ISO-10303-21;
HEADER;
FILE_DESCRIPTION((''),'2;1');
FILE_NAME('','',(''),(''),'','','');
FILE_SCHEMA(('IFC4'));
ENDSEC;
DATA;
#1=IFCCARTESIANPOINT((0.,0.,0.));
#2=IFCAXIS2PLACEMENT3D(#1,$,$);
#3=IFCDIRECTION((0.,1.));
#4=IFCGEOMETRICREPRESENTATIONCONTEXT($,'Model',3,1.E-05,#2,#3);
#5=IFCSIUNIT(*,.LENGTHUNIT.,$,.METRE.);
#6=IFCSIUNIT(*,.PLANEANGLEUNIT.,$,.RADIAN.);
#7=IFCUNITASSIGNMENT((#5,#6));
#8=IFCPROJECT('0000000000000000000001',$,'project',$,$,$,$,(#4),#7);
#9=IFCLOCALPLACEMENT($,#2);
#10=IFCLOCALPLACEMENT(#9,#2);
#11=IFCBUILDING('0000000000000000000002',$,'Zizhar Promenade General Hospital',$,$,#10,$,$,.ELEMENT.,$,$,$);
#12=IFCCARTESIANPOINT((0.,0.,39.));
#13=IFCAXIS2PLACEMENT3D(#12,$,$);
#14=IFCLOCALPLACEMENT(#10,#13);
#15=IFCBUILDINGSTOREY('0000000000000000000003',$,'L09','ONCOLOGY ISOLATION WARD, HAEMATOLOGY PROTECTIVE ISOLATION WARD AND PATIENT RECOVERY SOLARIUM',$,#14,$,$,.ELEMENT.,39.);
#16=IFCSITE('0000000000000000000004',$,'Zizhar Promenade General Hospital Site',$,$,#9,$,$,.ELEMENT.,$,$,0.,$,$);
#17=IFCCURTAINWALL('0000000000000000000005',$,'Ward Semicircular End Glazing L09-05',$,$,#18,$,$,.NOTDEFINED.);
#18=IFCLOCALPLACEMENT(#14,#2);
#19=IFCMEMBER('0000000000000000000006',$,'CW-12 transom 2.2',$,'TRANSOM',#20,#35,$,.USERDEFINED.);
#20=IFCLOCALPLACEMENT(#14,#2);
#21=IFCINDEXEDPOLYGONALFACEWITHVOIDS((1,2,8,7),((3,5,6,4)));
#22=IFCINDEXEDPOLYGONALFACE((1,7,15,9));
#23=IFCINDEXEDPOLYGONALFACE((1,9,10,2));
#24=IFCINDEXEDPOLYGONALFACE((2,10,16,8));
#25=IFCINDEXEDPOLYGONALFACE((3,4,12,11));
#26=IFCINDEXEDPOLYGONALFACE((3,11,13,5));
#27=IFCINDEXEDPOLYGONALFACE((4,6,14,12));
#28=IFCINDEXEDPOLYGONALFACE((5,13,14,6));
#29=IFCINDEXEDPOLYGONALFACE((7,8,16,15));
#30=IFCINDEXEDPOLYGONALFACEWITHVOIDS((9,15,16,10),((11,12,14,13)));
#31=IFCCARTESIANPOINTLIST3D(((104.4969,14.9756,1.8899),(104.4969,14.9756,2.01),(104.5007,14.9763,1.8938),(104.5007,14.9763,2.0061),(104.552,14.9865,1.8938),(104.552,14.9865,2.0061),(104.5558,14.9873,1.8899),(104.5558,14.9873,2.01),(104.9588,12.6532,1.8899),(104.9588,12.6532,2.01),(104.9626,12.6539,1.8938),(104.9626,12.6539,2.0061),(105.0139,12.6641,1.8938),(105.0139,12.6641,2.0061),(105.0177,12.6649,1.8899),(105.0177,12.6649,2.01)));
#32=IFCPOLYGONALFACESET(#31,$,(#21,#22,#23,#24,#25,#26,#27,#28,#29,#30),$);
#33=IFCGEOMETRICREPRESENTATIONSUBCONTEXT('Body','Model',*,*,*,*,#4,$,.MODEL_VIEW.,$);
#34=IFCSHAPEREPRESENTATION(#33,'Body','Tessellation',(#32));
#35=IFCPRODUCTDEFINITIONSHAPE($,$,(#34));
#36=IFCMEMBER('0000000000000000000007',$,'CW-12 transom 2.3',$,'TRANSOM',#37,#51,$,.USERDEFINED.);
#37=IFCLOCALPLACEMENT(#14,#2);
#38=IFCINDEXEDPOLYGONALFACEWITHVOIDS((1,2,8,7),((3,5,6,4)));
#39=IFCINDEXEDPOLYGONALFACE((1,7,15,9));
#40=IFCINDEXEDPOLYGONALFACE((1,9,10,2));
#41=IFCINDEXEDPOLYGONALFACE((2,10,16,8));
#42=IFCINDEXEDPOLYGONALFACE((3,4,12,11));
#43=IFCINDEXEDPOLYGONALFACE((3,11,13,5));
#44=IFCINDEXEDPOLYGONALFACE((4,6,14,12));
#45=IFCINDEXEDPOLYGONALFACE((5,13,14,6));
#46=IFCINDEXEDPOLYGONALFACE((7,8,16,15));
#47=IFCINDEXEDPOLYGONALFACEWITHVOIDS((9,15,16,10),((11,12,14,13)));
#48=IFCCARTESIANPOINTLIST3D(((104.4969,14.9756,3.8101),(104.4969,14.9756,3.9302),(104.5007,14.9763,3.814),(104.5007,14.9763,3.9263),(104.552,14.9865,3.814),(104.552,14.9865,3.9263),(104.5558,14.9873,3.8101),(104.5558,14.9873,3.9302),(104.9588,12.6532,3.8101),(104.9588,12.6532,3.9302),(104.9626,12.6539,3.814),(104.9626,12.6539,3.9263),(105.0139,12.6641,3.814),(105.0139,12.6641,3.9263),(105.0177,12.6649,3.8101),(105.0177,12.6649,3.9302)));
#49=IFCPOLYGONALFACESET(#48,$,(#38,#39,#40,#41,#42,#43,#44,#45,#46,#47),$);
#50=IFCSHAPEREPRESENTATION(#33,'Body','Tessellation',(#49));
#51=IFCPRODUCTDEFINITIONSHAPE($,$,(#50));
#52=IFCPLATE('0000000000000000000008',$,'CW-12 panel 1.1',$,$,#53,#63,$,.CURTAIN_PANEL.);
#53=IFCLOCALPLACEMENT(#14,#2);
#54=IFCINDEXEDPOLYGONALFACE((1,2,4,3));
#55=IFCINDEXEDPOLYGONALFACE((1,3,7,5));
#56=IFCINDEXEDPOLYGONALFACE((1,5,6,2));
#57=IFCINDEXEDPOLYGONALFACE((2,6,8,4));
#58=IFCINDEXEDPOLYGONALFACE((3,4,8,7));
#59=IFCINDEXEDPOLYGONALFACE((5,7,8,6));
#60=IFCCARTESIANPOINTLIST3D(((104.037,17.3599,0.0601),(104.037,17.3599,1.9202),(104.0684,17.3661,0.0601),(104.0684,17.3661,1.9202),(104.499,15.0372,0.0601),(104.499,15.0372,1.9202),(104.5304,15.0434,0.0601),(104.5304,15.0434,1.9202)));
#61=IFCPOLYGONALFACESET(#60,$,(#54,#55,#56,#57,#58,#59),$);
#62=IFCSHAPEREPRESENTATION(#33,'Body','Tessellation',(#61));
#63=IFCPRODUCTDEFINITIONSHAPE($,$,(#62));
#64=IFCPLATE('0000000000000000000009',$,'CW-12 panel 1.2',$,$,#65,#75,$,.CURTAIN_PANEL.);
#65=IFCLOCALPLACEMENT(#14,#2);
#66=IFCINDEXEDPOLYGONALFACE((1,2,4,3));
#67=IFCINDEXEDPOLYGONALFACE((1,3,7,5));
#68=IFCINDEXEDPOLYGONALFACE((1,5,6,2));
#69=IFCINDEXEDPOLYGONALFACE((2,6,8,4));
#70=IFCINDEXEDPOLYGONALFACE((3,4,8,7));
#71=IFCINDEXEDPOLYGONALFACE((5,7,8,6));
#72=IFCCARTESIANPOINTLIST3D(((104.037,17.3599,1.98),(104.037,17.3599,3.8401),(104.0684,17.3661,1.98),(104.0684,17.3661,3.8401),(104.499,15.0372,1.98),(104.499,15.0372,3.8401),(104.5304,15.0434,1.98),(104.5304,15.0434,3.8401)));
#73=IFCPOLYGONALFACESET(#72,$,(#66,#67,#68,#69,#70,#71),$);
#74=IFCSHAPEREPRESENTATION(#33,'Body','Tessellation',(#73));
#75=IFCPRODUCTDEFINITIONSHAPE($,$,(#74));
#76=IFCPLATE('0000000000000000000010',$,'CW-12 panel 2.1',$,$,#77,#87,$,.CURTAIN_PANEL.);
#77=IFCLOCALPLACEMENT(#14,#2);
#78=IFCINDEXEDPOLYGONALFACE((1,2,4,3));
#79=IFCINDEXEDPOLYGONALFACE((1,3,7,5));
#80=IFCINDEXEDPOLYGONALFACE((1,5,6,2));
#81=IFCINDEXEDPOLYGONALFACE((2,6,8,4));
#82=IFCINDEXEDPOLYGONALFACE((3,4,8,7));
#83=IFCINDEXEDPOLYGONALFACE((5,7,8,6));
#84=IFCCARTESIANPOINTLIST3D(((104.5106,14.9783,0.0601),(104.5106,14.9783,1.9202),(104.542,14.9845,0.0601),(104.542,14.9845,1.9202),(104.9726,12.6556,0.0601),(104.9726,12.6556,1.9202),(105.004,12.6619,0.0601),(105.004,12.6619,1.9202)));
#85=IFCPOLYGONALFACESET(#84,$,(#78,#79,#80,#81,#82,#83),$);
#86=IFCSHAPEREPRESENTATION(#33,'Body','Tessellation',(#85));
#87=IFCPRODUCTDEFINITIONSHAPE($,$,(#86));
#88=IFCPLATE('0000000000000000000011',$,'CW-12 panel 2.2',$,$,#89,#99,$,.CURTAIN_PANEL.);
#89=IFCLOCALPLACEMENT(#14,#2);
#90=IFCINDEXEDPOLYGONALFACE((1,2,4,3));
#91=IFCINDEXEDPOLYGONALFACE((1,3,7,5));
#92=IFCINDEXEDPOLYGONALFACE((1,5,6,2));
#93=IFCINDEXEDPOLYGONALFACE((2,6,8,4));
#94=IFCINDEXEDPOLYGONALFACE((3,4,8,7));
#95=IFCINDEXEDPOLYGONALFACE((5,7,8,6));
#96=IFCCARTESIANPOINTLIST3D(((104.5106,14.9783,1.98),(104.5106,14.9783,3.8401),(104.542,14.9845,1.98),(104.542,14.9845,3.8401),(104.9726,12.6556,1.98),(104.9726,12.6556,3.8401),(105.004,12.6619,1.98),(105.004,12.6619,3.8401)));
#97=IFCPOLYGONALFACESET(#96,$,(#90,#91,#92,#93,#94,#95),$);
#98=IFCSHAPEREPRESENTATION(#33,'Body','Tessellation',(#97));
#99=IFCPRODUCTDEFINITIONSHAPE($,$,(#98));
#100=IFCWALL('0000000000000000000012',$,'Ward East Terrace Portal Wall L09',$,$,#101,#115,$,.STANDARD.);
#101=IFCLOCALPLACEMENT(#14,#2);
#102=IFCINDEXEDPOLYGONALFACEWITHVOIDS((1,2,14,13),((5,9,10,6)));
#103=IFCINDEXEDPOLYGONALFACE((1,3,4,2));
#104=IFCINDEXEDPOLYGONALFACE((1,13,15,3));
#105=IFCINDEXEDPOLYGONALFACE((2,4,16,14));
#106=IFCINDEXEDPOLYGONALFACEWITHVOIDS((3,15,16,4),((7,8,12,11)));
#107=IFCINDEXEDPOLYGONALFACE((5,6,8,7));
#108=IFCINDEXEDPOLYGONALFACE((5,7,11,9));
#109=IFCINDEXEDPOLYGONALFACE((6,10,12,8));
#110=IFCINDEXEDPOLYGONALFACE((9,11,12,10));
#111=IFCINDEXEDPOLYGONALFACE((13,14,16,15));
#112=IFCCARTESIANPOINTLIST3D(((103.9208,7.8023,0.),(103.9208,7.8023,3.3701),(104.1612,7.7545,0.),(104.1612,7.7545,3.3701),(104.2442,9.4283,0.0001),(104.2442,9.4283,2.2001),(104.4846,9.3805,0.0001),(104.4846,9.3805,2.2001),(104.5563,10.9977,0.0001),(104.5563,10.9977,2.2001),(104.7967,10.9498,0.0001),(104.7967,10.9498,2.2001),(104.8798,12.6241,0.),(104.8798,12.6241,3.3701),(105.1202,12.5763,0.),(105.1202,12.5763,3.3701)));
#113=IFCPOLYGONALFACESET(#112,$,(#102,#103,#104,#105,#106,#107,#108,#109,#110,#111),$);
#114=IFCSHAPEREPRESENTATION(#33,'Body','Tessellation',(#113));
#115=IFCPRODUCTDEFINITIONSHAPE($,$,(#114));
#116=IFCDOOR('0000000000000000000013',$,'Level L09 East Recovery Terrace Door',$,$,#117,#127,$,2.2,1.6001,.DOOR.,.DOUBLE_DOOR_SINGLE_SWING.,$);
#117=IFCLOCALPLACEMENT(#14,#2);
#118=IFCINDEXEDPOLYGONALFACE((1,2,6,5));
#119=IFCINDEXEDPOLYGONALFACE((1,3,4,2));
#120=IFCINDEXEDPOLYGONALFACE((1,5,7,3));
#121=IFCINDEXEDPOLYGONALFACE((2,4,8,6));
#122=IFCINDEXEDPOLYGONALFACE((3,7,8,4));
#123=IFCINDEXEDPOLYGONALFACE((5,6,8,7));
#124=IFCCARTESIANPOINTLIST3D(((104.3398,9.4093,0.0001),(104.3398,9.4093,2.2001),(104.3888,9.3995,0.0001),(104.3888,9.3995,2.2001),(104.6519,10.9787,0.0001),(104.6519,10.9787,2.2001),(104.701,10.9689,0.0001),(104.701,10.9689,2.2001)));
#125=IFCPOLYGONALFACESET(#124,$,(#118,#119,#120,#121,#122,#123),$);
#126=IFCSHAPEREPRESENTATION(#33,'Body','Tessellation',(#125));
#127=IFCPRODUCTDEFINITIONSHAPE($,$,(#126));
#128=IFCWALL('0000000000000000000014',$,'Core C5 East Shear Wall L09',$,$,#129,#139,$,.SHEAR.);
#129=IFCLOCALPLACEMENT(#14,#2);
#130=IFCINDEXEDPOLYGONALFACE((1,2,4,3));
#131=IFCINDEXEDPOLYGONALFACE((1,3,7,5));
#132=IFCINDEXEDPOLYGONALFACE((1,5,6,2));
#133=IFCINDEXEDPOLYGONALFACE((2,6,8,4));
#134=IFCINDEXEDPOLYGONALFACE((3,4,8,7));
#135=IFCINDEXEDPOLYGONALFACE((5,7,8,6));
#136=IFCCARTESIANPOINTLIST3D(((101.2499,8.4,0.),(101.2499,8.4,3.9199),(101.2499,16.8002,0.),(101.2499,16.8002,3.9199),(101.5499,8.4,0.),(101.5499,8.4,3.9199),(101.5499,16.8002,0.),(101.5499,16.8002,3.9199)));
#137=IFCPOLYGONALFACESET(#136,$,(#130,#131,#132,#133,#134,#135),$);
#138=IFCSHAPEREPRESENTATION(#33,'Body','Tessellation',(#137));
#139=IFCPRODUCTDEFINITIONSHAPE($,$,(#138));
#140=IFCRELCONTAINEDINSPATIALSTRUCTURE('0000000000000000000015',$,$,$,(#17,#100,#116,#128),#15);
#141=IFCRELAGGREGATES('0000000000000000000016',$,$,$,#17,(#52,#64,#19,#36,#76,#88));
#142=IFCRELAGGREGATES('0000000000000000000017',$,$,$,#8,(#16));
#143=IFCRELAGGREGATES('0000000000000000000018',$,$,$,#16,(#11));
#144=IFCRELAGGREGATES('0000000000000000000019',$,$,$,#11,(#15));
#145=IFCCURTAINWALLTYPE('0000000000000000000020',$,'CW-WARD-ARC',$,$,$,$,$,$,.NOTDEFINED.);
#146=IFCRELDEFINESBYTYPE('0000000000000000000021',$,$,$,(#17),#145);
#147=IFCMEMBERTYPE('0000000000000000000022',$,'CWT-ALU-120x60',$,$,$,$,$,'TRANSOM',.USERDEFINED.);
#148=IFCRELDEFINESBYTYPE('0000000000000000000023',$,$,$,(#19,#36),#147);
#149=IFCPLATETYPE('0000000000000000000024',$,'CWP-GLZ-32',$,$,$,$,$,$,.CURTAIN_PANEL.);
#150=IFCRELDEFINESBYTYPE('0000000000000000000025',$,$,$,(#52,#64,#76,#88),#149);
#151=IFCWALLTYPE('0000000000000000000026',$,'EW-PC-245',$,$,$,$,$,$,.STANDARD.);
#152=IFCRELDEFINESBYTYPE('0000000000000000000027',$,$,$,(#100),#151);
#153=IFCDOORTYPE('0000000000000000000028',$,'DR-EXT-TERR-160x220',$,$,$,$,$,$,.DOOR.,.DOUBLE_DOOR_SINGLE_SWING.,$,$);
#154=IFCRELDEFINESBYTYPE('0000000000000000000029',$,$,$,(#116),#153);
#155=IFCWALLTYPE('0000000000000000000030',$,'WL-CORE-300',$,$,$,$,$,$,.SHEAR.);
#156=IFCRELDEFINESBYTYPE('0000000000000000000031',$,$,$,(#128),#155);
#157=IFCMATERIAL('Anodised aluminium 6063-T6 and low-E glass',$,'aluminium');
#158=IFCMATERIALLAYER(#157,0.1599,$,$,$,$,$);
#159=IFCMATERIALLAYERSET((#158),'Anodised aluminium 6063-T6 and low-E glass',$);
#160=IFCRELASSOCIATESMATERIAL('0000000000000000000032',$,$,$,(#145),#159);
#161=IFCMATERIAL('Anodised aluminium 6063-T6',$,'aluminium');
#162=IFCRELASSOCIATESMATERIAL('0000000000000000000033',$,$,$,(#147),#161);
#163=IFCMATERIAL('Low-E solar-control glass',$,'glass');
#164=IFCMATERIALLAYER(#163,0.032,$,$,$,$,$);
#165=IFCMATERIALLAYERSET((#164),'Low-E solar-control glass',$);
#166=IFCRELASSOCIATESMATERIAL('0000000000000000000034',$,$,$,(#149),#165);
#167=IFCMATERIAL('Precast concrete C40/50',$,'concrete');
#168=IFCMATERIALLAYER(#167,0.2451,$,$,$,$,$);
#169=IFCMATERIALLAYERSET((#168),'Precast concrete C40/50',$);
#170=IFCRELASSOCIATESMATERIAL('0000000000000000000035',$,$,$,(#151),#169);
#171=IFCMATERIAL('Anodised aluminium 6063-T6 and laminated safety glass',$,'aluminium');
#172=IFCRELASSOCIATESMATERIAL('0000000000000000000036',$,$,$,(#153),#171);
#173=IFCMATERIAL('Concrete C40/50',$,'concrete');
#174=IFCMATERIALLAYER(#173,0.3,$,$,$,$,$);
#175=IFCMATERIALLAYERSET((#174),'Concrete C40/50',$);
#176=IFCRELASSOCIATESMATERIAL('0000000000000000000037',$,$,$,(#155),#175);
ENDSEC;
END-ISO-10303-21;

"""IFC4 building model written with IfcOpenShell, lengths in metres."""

from ifc_helpers import new_model, si_unit, direction, frame, frame_2d, origin, origin_2d, place, context, subcontext, project, spatial, rectangle, hollow_rectangle, extrude, material, layer, layer_set, material_profile, profile_set, type_object, element, fill, aggregate, save


model = new_model("IFC4")

# Units and contexts
model_context = context("Model", 3, precision=1e-05, world=origin(), true_north=direction((0.0, 1.0)))
body_context = subcontext(model_context, "Body", "Model", "MODEL_VIEW")
ifc_project = project(units=[si_unit("LENGTHUNIT", "METRE"), si_unit("PLANEANGLEUNIT", "RADIAN")], contexts=[model_context])

# Site, building, storey
site_placement = place(None, origin())
site = spatial("IfcSite", under=ifc_project, at=site_placement, Name="Zizhar Promenade General Hospital Site", CompositionType="ELEMENT", RefElevation=0.0)
building_placement = place(site_placement, origin())
building = spatial("IfcBuilding", under=site, at=building_placement, Name="Zizhar Promenade General Hospital", CompositionType="ELEMENT")
storey_placement = place(building_placement, frame((0.0, 0.0, 39.0)))
storey = spatial("IfcBuildingStorey", under=building, at=storey_placement, Name="L09", Description="ONCOLOGY ISOLATION WARD, HAEMATOLOGY PROTECTIVE ISOLATION WARD AND PATIENT RECOVERY SOLARIUM", CompositionType="ELEMENT", Elevation=39.0)

# Curtain wall
ifc_material_1 = material(Name="Anodised aluminium 6063-T6 and low-E glass", Category="aluminium")
ifc_layer_1 = layer(ifc_material_1, 0.1599)
ifc_layer_set_1 = layer_set([ifc_layer_1], Name="Anodised aluminium 6063-T6 and low-E glass")
curtain_wall_type = type_object("IfcCurtainWallType", Name="CW-WARD-ARC", PredefinedType="NOTDEFINED", material=ifc_layer_set_1)
curtain_wall_1_placement = place(storey_placement, origin())
curtain_wall_1 = element("IfcCurtainWall", 1, at=curtain_wall_1_placement, inside=storey, type_object=curtain_wall_type, Name="Ward Semicircular End Glazing L09-05", PredefinedType="NOTDEFINED")

# Members
ifc_material_2 = material(Name="Anodised aluminium 6063-T6", Category="aluminium")
ifc_material_profile_1 = material_profile(ifc_material_2, hollow_rectangle(XDim=0.0601, YDim=0.1201, WallThickness=0.0039, at=origin_2d()))
ifc_profile_set_1 = profile_set([ifc_material_profile_1], Name="Anodised aluminium 6063-T6")
member_type_1 = type_object("IfcMemberType", Name="CWT-ALU-120x60", ElementType="TRANSOM", PredefinedType="USERDEFINED", material=ifc_profile_set_1)
member_1_placement = place(storey_placement, frame((104.5264, 14.9814, 1.95), z_axis=(0.195065, -0.98079, 0.0), x_axis=(0.98079, 0.195065, 0.0)))
member_1 = element("IfcMember", 2, at=member_1_placement, type_object=member_type_1, Name="CW-12 transom 2.2", ObjectType="TRANSOM", PredefinedType="USERDEFINED", context=body_context, shape_type="SweptSolid", body=[
    extrude(hollow_rectangle(XDim=0.0601, YDim=0.1201, WallThickness=0.0039, at=origin_2d()), origin(), (0.0, 0.0, 1.0), 2.3679),
])
member_2_placement = place(storey_placement, frame((104.5264, 14.9814, 3.8701), z_axis=(0.195065, -0.98079, 0.0), x_axis=(0.98079, 0.195065, 0.0)))
member_2 = element("IfcMember", 3, at=member_2_placement, type_object=member_type_1, Name="CW-12 transom 2.3", ObjectType="TRANSOM", PredefinedType="USERDEFINED", context=body_context, shape_type="SweptSolid", body=[
    extrude(hollow_rectangle(XDim=0.0601, YDim=0.1201, WallThickness=0.0039, at=origin_2d()), origin(), (0.0, 0.0, 1.0), 2.3679),
])

# Plates
ifc_material_3 = material(Name="Low-E solar-control glass", Category="glass")
ifc_layer_2 = layer(ifc_material_3, 0.032)
ifc_layer_set_2 = layer_set([ifc_layer_2], Name="Low-E solar-control glass")
plate_type = type_object("IfcPlateType", Name="CWP-GLZ-32", PredefinedType="CURTAIN_PANEL", material=ifc_layer_set_2)
plate_1_placement = place(storey_placement, frame((104.2837, 16.2017, 0.0601), z_axis=(0.0, 0.0, 1.0), x_axis=(0.195087, -0.980786, 0.0)))
plate_1 = element("IfcPlate", 4, at=plate_1_placement, type_object=plate_type, Name="CW-12 panel 1.1", PredefinedType="CURTAIN_PANEL", context=body_context, shape_type="SweptSolid", body=[
    extrude(rectangle(XDim=2.3682, YDim=0.032, at=origin_2d()), origin(), (0.0, 0.0, 1.0), 1.8601),
])
plate_2_placement = place(storey_placement, frame((104.2837, 16.2017, 1.98), z_axis=(0.0, 0.0, 1.0), x_axis=(0.195087, -0.980786, 0.0)))
plate_2 = element("IfcPlate", 5, at=plate_2_placement, type_object=plate_type, Name="CW-12 panel 1.2", PredefinedType="CURTAIN_PANEL", context=body_context, shape_type="SweptSolid", body=[
    extrude(rectangle(XDim=2.3682, YDim=0.032, at=origin_2d()), origin(), (0.0, 0.0, 1.0), 1.8601),
])
plate_3_placement = place(storey_placement, frame((104.7573, 13.8201, 0.0601), z_axis=(0.0, 0.0, 1.0), x_axis=(0.195087, -0.980786, 0.0)))
plate_3 = element("IfcPlate", 6, at=plate_3_placement, type_object=plate_type, Name="CW-12 panel 2.1", PredefinedType="CURTAIN_PANEL", context=body_context, shape_type="SweptSolid", body=[
    extrude(rectangle(XDim=2.3682, YDim=0.032, at=origin_2d()), origin(), (0.0, 0.0, 1.0), 1.8601),
])
plate_4_placement = place(storey_placement, frame((104.7573, 13.8201, 1.98), z_axis=(0.0, 0.0, 1.0), x_axis=(0.195087, -0.980786, 0.0)))
plate_4 = element("IfcPlate", 7, at=plate_4_placement, type_object=plate_type, Name="CW-12 panel 2.2", PredefinedType="CURTAIN_PANEL", context=body_context, shape_type="SweptSolid", body=[
    extrude(rectangle(XDim=2.3682, YDim=0.032, at=origin_2d()), origin(), (0.0, 0.0, 1.0), 1.8601),
])
aggregate(curtain_wall_1, [plate_1, plate_2, member_1, member_2, plate_3, plate_4])

# Wall, opening, door
ifc_material_4 = material(Name="Precast concrete C40/50", Category="concrete")
ifc_layer_3 = layer(ifc_material_4, 0.2451)
ifc_layer_set_3 = layer_set([ifc_layer_3], Name="Precast concrete C40/50")
wall_type_1 = type_object("IfcWallType", Name="EW-PC-245", PredefinedType="STANDARD", material=ifc_layer_set_3)
wall_1_placement = place(storey_placement, frame((105.0, 12.6001, 0.0), z_axis=(0.0, 0.0, 1.0), x_axis=(-0.195066, -0.98079, 0.0)))
wall_1 = element("IfcWall", 8, at=wall_1_placement, inside=storey, type_object=wall_type_1, Name="Ward East Terrace Portal Wall L09", PredefinedType="STANDARD", context=body_context, shape_type="SweptSolid", body=[
    extrude(rectangle(XDim=4.9163, YDim=0.2451, at=frame_2d((2.458, 0.0))), origin(), (0.0, 0.0, 1.0), 3.3701),
])
opening_placement = place(wall_1_placement, frame((1.6582, 0.0, 0.0)))
opening = element("IfcOpeningElement", 9, at=opening_placement, cuts=wall_1, PredefinedType="OPENING", context=body_context, shape_type="SweptSolid", body=[
    extrude(rectangle(XDim=1.6001, YDim=2.2, at=frame_2d((0.8, 1.1001))), frame((0.0, 0.1326, 0.0), z_axis=(0.0, -1.0, 0.0), x_axis=(1.0, 0.0, 0.0)), (0.0, 0.0, 1.0), 0.2651),
])
ifc_material_5 = material(Name="Anodised aluminium 6063-T6 and laminated safety glass", Category="aluminium")
door_type = type_object("IfcDoorType", Name="DR-EXT-TERR-160x220", OperationType="DOUBLE_DOOR_SINGLE_SWING", PredefinedType="DOOR", material=ifc_material_5)
door_placement = place(opening_placement, origin())
door = element("IfcDoor", 10, at=door_placement, inside=storey, type_object=door_type, Name="Level L09 East Recovery Terrace Door", OperationType="DOUBLE_DOOR_SINGLE_SWING", OverallHeight=2.2, OverallWidth=1.6001, PredefinedType="DOOR", context=body_context, shape_type="SweptSolid", body=[
    extrude(rectangle(XDim=1.6001, YDim=2.2, at=frame_2d((0.8, 1.1001))), frame((0.0, 0.0249, 0.0), z_axis=(0.0, -1.0, 0.0), x_axis=(1.0, 0.0, 0.0)), (0.0, 0.0, 1.0), 0.05),
])
fill(opening, door)

# Wall
ifc_material_6 = material(Name="Concrete C40/50", Category="concrete")
ifc_layer_4 = layer(ifc_material_6, 0.3)
ifc_layer_set_4 = layer_set([ifc_layer_4], Name="Concrete C40/50")
wall_type_2 = type_object("IfcWallType", Name="WL-CORE-300", PredefinedType="SHEAR", material=ifc_layer_set_4)
wall_2_placement = place(storey_placement, frame((101.3999, 8.3999, 0.0), z_axis=(0.0, 0.0, 1.0), x_axis=(0.0, 1.0, 0.0)))
element("IfcWall", 11, at=wall_2_placement, inside=storey, type_object=wall_type_2, Name="Core C5 East Shear Wall L09", PredefinedType="SHEAR", context=body_context, shape_type="SweptSolid", body=[
    extrude(rectangle(XDim=8.4001, YDim=0.3, at=frame_2d((4.2002, 0.0))), origin(), (0.0, 0.0, 1.0), 3.9199),
])

save(model, "model.ifc")
